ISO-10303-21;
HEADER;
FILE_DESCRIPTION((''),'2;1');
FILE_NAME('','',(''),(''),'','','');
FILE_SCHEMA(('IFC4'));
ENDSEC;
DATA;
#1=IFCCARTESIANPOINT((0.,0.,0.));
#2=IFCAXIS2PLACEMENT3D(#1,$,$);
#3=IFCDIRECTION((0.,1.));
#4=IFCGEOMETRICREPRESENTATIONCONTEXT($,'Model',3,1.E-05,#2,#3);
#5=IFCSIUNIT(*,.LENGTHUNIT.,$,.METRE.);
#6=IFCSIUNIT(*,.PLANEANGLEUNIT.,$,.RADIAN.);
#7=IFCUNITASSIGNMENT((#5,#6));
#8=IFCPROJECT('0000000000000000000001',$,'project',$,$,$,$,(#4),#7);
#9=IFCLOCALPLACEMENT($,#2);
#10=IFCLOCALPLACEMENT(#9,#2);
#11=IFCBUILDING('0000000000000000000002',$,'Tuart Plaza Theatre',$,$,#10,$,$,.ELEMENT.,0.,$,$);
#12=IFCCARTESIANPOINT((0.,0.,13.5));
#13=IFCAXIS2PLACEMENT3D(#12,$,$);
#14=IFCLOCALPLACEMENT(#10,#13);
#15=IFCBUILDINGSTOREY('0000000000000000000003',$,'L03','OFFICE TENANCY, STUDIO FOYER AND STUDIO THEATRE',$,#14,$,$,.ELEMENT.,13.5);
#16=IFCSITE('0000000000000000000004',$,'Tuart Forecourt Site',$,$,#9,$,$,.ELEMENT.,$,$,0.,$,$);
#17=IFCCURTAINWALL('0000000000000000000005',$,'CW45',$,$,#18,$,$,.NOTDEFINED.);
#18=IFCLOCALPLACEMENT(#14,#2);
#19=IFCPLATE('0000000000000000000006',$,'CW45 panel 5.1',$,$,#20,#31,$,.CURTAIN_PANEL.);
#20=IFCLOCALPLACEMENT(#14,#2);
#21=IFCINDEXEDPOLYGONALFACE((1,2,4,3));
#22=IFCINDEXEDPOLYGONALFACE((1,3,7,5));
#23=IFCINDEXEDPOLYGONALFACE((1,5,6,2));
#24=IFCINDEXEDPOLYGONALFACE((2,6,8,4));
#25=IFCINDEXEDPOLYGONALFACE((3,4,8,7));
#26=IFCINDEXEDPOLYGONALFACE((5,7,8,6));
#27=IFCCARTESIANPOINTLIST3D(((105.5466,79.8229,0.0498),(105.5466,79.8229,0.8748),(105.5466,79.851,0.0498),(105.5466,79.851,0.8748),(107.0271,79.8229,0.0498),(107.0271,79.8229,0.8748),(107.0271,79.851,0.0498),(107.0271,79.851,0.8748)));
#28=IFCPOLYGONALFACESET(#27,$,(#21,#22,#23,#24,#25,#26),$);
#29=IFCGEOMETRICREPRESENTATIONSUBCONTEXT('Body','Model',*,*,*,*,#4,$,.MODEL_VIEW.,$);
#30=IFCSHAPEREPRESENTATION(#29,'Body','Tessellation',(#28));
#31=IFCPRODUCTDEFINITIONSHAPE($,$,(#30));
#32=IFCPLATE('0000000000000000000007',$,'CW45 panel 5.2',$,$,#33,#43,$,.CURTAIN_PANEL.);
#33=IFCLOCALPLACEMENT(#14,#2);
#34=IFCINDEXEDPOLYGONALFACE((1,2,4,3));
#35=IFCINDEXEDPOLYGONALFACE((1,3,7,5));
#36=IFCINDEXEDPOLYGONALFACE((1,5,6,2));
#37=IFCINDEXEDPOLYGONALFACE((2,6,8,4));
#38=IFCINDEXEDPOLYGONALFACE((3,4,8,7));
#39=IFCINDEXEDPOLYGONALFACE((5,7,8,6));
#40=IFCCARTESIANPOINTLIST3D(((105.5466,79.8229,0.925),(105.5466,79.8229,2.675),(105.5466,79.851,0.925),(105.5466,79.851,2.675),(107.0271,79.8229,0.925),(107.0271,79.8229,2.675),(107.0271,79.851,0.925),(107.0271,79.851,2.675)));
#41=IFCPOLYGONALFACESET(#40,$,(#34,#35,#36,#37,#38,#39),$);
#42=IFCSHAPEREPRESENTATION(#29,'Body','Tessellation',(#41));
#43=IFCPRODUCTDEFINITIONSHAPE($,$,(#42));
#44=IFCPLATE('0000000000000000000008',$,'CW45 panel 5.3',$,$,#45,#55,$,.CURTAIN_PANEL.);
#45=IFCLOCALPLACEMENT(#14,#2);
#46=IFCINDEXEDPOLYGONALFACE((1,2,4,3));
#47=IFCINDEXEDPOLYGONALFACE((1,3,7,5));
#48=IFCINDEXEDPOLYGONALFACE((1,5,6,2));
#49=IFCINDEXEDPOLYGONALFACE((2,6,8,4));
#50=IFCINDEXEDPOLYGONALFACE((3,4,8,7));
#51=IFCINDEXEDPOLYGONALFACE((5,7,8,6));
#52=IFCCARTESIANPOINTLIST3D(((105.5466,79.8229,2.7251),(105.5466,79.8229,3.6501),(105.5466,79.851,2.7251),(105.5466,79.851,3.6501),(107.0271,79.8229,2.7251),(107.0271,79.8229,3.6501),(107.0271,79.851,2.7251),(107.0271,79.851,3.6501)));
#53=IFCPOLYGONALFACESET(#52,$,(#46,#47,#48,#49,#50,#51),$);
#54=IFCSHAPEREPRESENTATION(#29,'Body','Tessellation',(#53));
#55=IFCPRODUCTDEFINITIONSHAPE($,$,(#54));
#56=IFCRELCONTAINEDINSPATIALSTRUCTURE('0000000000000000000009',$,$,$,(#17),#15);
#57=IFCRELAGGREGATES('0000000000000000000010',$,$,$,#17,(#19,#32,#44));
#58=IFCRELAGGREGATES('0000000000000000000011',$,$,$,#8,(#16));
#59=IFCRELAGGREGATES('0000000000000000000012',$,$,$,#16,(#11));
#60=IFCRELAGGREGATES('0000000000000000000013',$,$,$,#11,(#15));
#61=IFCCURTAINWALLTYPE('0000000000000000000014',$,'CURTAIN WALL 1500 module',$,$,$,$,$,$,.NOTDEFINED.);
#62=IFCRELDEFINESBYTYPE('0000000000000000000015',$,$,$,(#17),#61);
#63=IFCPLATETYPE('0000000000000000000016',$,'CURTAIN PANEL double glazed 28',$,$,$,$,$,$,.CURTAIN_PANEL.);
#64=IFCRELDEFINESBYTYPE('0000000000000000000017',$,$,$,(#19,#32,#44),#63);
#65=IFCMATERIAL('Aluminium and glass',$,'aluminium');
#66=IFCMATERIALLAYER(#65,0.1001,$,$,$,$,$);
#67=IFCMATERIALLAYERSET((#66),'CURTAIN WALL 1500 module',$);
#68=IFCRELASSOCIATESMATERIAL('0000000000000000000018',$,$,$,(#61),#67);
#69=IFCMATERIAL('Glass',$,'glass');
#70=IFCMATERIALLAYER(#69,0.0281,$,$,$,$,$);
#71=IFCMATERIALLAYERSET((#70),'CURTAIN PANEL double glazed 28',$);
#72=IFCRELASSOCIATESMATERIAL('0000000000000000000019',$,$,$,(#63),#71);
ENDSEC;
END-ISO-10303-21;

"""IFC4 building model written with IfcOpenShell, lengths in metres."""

from ifc_helpers import new_model, si_unit, direction, frame, origin, origin_2d, place, context, subcontext, project, spatial, rectangle, extrude, material, layer, layer_set, type_object, element, aggregate, save


model = new_model("IFC4")

# Units and contexts
model_context = context("Model", 3, precision=1e-05, world=origin(), true_north=direction((0.0, 1.0)))
body_context = subcontext(model_context, "Body", "Model", "MODEL_VIEW")
ifc_project = project(units=[si_unit("LENGTHUNIT", "METRE"), si_unit("PLANEANGLEUNIT", "RADIAN")], contexts=[model_context])

# Site, building, storey
site_placement = place(None, origin())
site = spatial("IfcSite", under=ifc_project, at=site_placement, Name="Tuart Forecourt Site", CompositionType="ELEMENT", RefElevation=0.0)
building_placement = place(site_placement, origin())
building = spatial("IfcBuilding", under=site, at=building_placement, Name="Tuart Plaza Theatre", CompositionType="ELEMENT", ElevationOfRefHeight=0.0)
storey_placement = place(building_placement, frame((0.0, 0.0, 13.5)))
storey = spatial("IfcBuildingStorey", under=building, at=storey_placement, Name="L03", Description="OFFICE TENANCY, STUDIO FOYER AND STUDIO THEATRE", CompositionType="ELEMENT", Elevation=13.5)

# Curtain wall, plates
ifc_material_1 = material(Name="Aluminium and glass", Category="aluminium")
ifc_layer_1 = layer(ifc_material_1, 0.1001)
ifc_layer_set_1 = layer_set([ifc_layer_1], Name="CURTAIN WALL 1500 module")
curtain_wall_type = type_object("IfcCurtainWallType", Name="CURTAIN WALL 1500 module", PredefinedType="NOTDEFINED", material=ifc_layer_set_1)
curtain_wall_placement = place(storey_placement, origin())
curtain_wall = element("IfcCurtainWall", 1, at=curtain_wall_placement, inside=storey, type_object=curtain_wall_type, Name="CW45", PredefinedType="NOTDEFINED")
ifc_material_2 = material(Name="Glass", Category="glass")
ifc_layer_2 = layer(ifc_material_2, 0.0281)
ifc_layer_set_2 = layer_set([ifc_layer_2], Name="CURTAIN PANEL double glazed 28")
plate_type = type_object("IfcPlateType", Name="CURTAIN PANEL double glazed 28", PredefinedType="CURTAIN_PANEL", material=ifc_layer_set_2)
plate_1_placement = place(storey_placement, frame((106.2869, 79.8369, 0.0498), z_axis=(0.0, 0.0, 1.0), x_axis=(1.0, 0.0, 0.0)))
plate_1 = element("IfcPlate", 2, at=plate_1_placement, type_object=plate_type, Name="CW45 panel 5.1", PredefinedType="CURTAIN_PANEL", context=body_context, shape_type="SweptSolid", body=[
    extrude(rectangle(XDim=1.4805, YDim=0.0281, at=origin_2d()), origin(), (0.0, 0.0, 1.0), 0.825),
])
plate_2_placement = place(storey_placement, frame((106.2869, 79.8369, 0.925), z_axis=(0.0, 0.0, 1.0), x_axis=(1.0, 0.0, 0.0)))
plate_2 = element("IfcPlate", 3, at=plate_2_placement, type_object=plate_type, Name="CW45 panel 5.2", PredefinedType="CURTAIN_PANEL", context=body_context, shape_type="SweptSolid", body=[
    extrude(rectangle(XDim=1.4805, YDim=0.0281, at=origin_2d()), origin(), (0.0, 0.0, 1.0), 1.75),
])
plate_3_placement = place(storey_placement, frame((106.2869, 79.8369, 2.7251), z_axis=(0.0, 0.0, 1.0), x_axis=(1.0, 0.0, 0.0)))
plate_3 = element("IfcPlate", 4, at=plate_3_placement, type_object=plate_type, Name="CW45 panel 5.3", PredefinedType="CURTAIN_PANEL", context=body_context, shape_type="SweptSolid", body=[
    extrude(rectangle(XDim=1.4805, YDim=0.0281, at=origin_2d()), origin(), (0.0, 0.0, 1.0), 0.925),
])
aggregate(curtain_wall, [plate_1, plate_2, plate_3])

save(model, "model.ifc")
